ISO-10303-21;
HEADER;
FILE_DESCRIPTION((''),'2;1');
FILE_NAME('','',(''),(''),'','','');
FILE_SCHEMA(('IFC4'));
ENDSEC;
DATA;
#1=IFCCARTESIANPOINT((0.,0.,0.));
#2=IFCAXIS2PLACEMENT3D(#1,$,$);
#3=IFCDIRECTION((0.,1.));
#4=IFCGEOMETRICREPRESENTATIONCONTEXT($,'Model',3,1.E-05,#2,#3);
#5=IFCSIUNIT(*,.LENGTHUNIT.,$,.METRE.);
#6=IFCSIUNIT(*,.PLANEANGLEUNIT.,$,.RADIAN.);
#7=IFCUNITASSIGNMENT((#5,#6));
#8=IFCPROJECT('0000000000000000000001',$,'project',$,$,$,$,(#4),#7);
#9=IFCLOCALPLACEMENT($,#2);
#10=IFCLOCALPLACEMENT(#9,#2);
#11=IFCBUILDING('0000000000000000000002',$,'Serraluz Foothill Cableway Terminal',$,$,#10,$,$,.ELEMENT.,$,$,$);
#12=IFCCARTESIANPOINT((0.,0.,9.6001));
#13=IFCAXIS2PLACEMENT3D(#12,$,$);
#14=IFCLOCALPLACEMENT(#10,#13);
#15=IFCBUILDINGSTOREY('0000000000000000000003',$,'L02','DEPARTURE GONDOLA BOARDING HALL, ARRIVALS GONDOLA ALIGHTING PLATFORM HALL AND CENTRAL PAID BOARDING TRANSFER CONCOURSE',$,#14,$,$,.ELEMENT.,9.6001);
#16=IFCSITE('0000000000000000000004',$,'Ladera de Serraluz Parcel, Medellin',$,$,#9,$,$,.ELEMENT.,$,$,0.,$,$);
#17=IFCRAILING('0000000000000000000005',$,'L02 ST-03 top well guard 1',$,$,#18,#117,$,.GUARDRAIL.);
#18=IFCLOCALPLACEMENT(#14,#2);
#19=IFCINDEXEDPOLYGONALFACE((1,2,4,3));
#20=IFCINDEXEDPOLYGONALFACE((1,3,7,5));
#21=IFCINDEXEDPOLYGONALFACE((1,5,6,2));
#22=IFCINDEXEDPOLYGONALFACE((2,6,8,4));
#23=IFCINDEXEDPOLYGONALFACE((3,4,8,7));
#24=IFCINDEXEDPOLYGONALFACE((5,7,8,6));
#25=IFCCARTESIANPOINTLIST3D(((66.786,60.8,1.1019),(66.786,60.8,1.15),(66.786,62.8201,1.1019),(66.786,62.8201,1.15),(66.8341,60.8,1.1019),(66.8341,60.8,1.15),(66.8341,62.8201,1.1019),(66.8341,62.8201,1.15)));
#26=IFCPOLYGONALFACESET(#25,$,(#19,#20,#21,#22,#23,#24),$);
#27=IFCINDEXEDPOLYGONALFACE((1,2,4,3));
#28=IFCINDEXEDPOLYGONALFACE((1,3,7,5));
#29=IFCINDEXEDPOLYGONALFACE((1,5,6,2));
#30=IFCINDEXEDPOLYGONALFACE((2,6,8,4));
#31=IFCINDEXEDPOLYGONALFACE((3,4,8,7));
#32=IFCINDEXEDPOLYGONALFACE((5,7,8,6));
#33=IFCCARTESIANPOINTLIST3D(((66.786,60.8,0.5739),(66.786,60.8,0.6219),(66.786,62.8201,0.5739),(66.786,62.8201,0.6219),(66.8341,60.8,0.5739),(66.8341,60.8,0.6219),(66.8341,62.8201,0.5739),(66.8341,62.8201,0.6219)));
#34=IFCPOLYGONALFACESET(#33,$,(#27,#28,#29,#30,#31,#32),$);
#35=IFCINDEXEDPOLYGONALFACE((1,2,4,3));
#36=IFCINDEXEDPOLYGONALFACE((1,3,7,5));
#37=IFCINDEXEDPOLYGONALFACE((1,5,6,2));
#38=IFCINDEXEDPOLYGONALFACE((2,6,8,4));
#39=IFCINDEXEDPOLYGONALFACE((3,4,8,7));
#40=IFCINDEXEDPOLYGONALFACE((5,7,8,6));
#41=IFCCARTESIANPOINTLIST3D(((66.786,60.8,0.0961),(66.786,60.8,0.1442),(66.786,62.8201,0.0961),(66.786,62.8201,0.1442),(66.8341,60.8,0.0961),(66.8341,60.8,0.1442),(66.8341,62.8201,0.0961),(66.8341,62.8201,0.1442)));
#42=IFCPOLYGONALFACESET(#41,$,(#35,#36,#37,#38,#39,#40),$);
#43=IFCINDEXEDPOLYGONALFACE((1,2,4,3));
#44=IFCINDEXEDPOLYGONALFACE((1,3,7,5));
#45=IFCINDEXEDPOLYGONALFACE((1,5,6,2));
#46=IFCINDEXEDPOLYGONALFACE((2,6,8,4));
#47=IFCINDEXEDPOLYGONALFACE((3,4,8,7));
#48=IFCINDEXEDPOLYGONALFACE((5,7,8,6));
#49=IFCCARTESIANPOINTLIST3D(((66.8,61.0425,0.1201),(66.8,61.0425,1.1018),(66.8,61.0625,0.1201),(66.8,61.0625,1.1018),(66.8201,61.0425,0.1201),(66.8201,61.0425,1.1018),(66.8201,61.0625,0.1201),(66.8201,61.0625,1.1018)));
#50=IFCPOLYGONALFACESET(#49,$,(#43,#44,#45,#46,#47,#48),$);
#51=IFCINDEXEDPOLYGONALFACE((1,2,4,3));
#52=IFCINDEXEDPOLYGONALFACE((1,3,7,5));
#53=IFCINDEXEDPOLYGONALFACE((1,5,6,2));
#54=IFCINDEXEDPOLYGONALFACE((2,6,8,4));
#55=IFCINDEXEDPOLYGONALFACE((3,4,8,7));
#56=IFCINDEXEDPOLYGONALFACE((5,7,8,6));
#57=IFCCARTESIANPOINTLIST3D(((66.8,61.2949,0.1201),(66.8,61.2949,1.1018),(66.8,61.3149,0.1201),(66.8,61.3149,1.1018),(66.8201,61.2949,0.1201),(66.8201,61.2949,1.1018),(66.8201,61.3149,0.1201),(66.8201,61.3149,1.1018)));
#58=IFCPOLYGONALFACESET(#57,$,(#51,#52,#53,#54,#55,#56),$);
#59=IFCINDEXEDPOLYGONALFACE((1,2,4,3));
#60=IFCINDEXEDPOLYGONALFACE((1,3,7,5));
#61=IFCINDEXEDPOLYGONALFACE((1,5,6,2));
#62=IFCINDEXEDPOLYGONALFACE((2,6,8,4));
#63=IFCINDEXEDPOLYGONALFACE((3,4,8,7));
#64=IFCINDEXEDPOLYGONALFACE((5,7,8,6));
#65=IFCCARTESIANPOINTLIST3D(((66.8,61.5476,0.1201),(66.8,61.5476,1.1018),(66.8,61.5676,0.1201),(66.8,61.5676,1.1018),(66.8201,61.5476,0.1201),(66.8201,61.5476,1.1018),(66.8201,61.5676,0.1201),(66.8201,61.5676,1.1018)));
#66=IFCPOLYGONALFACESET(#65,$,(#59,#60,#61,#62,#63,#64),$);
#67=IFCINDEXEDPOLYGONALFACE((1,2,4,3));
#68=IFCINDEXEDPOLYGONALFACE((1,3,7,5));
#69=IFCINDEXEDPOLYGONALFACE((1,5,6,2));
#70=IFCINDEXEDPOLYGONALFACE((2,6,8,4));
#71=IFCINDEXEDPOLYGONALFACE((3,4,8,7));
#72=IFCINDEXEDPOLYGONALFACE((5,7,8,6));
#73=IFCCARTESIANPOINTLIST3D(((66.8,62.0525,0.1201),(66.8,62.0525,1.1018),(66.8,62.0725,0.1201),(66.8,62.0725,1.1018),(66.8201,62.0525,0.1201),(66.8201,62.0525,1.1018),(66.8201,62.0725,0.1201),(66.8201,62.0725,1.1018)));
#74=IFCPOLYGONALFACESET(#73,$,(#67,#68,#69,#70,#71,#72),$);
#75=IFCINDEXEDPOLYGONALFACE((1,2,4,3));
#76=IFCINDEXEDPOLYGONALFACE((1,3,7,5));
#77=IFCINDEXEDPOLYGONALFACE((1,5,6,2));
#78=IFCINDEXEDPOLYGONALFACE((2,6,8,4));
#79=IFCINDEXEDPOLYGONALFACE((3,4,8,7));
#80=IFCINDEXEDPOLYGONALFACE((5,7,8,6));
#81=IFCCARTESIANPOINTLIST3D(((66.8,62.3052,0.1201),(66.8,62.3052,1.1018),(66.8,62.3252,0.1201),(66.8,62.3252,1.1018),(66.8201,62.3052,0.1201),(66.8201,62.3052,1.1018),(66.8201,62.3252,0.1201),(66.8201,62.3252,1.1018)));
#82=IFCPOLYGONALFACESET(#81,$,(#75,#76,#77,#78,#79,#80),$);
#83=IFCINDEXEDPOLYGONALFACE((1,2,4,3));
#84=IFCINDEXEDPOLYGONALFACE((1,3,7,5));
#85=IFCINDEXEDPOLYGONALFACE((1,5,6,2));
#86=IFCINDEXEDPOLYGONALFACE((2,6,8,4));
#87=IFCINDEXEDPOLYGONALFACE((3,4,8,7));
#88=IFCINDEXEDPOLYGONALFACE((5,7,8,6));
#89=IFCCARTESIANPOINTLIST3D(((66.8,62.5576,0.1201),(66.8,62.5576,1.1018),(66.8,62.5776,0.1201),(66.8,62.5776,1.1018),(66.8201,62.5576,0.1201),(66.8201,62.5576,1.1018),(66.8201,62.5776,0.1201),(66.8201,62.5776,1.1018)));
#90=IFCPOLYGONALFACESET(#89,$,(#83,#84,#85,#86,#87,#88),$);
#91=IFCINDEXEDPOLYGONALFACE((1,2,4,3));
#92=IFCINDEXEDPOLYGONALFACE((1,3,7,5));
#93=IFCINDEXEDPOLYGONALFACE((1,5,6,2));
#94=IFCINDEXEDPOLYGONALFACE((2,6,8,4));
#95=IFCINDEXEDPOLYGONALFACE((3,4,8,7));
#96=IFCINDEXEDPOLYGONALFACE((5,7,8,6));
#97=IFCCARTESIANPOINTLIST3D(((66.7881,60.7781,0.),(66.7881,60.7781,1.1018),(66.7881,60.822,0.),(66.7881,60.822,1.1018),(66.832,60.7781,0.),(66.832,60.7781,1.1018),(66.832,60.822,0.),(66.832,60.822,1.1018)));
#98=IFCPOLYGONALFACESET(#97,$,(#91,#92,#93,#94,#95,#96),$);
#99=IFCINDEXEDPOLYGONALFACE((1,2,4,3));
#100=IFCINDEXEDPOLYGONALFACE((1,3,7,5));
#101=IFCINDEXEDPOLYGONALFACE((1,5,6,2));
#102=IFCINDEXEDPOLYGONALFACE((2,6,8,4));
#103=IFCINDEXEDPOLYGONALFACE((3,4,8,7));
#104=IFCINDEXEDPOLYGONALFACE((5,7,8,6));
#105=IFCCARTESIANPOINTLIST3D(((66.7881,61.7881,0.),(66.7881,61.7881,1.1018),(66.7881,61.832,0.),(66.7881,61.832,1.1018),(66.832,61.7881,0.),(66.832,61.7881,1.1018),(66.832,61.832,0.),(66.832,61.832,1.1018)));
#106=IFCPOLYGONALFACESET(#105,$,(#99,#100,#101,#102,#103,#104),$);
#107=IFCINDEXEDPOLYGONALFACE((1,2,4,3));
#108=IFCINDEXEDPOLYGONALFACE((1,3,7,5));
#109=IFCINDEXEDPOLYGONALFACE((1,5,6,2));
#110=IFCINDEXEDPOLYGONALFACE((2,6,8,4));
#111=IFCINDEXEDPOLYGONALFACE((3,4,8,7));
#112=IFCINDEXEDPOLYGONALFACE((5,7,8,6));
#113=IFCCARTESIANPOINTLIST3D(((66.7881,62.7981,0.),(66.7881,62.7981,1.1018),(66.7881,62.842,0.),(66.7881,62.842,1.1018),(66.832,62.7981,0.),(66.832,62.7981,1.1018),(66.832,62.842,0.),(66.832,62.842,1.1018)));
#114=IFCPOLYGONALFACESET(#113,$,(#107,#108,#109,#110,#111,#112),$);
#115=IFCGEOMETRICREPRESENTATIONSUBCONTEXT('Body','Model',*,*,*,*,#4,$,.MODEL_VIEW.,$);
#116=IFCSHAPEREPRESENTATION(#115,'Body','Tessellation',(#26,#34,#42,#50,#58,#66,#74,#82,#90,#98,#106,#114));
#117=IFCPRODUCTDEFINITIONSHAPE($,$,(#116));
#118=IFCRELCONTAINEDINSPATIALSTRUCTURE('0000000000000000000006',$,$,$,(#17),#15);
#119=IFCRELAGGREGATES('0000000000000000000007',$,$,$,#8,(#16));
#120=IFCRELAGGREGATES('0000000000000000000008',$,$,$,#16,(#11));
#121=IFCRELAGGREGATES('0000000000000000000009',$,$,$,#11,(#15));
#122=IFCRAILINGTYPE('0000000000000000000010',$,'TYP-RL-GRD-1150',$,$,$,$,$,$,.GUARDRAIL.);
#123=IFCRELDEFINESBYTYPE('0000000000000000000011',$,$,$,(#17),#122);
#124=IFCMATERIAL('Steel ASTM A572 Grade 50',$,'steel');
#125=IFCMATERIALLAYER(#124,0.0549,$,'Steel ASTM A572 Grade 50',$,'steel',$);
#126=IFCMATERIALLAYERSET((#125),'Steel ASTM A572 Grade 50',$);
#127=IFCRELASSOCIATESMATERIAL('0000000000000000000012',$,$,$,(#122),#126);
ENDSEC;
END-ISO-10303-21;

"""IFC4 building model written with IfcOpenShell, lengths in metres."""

from ifc_helpers import new_model, si_unit, direction, frame, origin, origin_2d, place, context, subcontext, project, spatial, rectangle, extrude, material, layer, layer_set, type_object, element, save


model = new_model("IFC4")

# Units and contexts
model_context = context("Model", 3, precision=1e-05, world=origin(), true_north=direction((0.0, 1.0)))
body_context = subcontext(model_context, "Body", "Model", "MODEL_VIEW")
ifc_project = project(units=[si_unit("LENGTHUNIT", "METRE"), si_unit("PLANEANGLEUNIT", "RADIAN")], contexts=[model_context])

# Site, building, storey
site_placement = place(None, origin())
site = spatial("IfcSite", under=ifc_project, at=site_placement, Name="Ladera de Serraluz Parcel, Medellin", CompositionType="ELEMENT", RefElevation=0.0)
building_placement = place(site_placement, origin())
building = spatial("IfcBuilding", under=site, at=building_placement, Name="Serraluz Foothill Cableway Terminal", CompositionType="ELEMENT")
storey_placement = place(building_placement, frame((0.0, 0.0, 9.6001)))
storey = spatial("IfcBuildingStorey", under=building, at=storey_placement, Name="L02", Description="DEPARTURE GONDOLA BOARDING HALL, ARRIVALS GONDOLA ALIGHTING PLATFORM HALL AND CENTRAL PAID BOARDING TRANSFER CONCOURSE", CompositionType="ELEMENT", Elevation=9.6001)

# Railing
ifc_material_1 = material(Name="Steel ASTM A572 Grade 50", Category="steel")
ifc_layer_1 = layer(ifc_material_1, 0.0549, Name="Steel ASTM A572 Grade 50", Category="steel")
ifc_layer_set_1 = layer_set([ifc_layer_1], Name="Steel ASTM A572 Grade 50")
railing_type = type_object("IfcRailingType", Name="TYP-RL-GRD-1150", PredefinedType="GUARDRAIL", material=ifc_layer_set_1)
railing_placement = place(storey_placement, frame((66.8101, 60.8, 0.0)))
element("IfcRailing", 1, at=railing_placement, inside=storey, type_object=railing_type, Name="L02 ST-03 top well guard 1", PredefinedType="GUARDRAIL", context=body_context, shape_type="SweptSolid", body=[
    extrude(rectangle(XDim=0.0481, YDim=0.0481, at=origin_2d()), frame((0.0, 0.0, 1.126), z_axis=(0.0, 1.0, 0.0), x_axis=(-1.0, 0.0, 0.0)), (0.0, 0.0, 1.0), 2.02),
    extrude(rectangle(XDim=0.0481, YDim=0.0481, at=origin_2d()), frame((0.0, 0.0, 0.5979), z_axis=(0.0, 1.0, 0.0), x_axis=(-1.0, 0.0, 0.0)), (0.0, 0.0, 1.0), 2.02),
    extrude(rectangle(XDim=0.0481, YDim=0.0481, at=origin_2d()), frame((0.0, 0.0, 0.1201), z_axis=(0.0, 1.0, 0.0), x_axis=(-1.0, 0.0, 0.0)), (0.0, 0.0, 1.0), 2.02),
    extrude(rectangle(XDim=0.02, YDim=0.02, at=origin_2d()), frame((0.0, 0.2524, 0.1201)), (0.0, 0.0, 1.0), 0.9817),
    extrude(rectangle(XDim=0.02, YDim=0.02, at=origin_2d()), frame((0.0, 0.5049, 0.1201)), (0.0, 0.0, 1.0), 0.9817),
    extrude(rectangle(XDim=0.02, YDim=0.02, at=origin_2d()), frame((0.0, 0.7576, 0.1201)), (0.0, 0.0, 1.0), 0.9817),
    extrude(rectangle(XDim=0.02, YDim=0.02, at=origin_2d()), frame((0.0, 1.2625, 0.1201)), (0.0, 0.0, 1.0), 0.9817),
    extrude(rectangle(XDim=0.02, YDim=0.02, at=origin_2d()), frame((0.0, 1.5151, 0.1201)), (0.0, 0.0, 1.0), 0.9817),
    extrude(rectangle(XDim=0.02, YDim=0.02, at=origin_2d()), frame((0.0, 1.7676, 0.1201)), (0.0, 0.0, 1.0), 0.9817),
    extrude(rectangle(XDim=0.0439, YDim=0.0439, at=origin_2d()), origin(), (0.0, 0.0, 1.0), 1.1018),
    extrude(rectangle(XDim=0.0439, YDim=0.0439, at=origin_2d()), frame((0.0, 1.01, 0.0)), (0.0, 0.0, 1.0), 1.1018),
    extrude(rectangle(XDim=0.0439, YDim=0.0439, at=origin_2d()), frame((0.0, 2.02, 0.0)), (0.0, 0.0, 1.0), 1.1018),
])

save(model, "model.ifc")
